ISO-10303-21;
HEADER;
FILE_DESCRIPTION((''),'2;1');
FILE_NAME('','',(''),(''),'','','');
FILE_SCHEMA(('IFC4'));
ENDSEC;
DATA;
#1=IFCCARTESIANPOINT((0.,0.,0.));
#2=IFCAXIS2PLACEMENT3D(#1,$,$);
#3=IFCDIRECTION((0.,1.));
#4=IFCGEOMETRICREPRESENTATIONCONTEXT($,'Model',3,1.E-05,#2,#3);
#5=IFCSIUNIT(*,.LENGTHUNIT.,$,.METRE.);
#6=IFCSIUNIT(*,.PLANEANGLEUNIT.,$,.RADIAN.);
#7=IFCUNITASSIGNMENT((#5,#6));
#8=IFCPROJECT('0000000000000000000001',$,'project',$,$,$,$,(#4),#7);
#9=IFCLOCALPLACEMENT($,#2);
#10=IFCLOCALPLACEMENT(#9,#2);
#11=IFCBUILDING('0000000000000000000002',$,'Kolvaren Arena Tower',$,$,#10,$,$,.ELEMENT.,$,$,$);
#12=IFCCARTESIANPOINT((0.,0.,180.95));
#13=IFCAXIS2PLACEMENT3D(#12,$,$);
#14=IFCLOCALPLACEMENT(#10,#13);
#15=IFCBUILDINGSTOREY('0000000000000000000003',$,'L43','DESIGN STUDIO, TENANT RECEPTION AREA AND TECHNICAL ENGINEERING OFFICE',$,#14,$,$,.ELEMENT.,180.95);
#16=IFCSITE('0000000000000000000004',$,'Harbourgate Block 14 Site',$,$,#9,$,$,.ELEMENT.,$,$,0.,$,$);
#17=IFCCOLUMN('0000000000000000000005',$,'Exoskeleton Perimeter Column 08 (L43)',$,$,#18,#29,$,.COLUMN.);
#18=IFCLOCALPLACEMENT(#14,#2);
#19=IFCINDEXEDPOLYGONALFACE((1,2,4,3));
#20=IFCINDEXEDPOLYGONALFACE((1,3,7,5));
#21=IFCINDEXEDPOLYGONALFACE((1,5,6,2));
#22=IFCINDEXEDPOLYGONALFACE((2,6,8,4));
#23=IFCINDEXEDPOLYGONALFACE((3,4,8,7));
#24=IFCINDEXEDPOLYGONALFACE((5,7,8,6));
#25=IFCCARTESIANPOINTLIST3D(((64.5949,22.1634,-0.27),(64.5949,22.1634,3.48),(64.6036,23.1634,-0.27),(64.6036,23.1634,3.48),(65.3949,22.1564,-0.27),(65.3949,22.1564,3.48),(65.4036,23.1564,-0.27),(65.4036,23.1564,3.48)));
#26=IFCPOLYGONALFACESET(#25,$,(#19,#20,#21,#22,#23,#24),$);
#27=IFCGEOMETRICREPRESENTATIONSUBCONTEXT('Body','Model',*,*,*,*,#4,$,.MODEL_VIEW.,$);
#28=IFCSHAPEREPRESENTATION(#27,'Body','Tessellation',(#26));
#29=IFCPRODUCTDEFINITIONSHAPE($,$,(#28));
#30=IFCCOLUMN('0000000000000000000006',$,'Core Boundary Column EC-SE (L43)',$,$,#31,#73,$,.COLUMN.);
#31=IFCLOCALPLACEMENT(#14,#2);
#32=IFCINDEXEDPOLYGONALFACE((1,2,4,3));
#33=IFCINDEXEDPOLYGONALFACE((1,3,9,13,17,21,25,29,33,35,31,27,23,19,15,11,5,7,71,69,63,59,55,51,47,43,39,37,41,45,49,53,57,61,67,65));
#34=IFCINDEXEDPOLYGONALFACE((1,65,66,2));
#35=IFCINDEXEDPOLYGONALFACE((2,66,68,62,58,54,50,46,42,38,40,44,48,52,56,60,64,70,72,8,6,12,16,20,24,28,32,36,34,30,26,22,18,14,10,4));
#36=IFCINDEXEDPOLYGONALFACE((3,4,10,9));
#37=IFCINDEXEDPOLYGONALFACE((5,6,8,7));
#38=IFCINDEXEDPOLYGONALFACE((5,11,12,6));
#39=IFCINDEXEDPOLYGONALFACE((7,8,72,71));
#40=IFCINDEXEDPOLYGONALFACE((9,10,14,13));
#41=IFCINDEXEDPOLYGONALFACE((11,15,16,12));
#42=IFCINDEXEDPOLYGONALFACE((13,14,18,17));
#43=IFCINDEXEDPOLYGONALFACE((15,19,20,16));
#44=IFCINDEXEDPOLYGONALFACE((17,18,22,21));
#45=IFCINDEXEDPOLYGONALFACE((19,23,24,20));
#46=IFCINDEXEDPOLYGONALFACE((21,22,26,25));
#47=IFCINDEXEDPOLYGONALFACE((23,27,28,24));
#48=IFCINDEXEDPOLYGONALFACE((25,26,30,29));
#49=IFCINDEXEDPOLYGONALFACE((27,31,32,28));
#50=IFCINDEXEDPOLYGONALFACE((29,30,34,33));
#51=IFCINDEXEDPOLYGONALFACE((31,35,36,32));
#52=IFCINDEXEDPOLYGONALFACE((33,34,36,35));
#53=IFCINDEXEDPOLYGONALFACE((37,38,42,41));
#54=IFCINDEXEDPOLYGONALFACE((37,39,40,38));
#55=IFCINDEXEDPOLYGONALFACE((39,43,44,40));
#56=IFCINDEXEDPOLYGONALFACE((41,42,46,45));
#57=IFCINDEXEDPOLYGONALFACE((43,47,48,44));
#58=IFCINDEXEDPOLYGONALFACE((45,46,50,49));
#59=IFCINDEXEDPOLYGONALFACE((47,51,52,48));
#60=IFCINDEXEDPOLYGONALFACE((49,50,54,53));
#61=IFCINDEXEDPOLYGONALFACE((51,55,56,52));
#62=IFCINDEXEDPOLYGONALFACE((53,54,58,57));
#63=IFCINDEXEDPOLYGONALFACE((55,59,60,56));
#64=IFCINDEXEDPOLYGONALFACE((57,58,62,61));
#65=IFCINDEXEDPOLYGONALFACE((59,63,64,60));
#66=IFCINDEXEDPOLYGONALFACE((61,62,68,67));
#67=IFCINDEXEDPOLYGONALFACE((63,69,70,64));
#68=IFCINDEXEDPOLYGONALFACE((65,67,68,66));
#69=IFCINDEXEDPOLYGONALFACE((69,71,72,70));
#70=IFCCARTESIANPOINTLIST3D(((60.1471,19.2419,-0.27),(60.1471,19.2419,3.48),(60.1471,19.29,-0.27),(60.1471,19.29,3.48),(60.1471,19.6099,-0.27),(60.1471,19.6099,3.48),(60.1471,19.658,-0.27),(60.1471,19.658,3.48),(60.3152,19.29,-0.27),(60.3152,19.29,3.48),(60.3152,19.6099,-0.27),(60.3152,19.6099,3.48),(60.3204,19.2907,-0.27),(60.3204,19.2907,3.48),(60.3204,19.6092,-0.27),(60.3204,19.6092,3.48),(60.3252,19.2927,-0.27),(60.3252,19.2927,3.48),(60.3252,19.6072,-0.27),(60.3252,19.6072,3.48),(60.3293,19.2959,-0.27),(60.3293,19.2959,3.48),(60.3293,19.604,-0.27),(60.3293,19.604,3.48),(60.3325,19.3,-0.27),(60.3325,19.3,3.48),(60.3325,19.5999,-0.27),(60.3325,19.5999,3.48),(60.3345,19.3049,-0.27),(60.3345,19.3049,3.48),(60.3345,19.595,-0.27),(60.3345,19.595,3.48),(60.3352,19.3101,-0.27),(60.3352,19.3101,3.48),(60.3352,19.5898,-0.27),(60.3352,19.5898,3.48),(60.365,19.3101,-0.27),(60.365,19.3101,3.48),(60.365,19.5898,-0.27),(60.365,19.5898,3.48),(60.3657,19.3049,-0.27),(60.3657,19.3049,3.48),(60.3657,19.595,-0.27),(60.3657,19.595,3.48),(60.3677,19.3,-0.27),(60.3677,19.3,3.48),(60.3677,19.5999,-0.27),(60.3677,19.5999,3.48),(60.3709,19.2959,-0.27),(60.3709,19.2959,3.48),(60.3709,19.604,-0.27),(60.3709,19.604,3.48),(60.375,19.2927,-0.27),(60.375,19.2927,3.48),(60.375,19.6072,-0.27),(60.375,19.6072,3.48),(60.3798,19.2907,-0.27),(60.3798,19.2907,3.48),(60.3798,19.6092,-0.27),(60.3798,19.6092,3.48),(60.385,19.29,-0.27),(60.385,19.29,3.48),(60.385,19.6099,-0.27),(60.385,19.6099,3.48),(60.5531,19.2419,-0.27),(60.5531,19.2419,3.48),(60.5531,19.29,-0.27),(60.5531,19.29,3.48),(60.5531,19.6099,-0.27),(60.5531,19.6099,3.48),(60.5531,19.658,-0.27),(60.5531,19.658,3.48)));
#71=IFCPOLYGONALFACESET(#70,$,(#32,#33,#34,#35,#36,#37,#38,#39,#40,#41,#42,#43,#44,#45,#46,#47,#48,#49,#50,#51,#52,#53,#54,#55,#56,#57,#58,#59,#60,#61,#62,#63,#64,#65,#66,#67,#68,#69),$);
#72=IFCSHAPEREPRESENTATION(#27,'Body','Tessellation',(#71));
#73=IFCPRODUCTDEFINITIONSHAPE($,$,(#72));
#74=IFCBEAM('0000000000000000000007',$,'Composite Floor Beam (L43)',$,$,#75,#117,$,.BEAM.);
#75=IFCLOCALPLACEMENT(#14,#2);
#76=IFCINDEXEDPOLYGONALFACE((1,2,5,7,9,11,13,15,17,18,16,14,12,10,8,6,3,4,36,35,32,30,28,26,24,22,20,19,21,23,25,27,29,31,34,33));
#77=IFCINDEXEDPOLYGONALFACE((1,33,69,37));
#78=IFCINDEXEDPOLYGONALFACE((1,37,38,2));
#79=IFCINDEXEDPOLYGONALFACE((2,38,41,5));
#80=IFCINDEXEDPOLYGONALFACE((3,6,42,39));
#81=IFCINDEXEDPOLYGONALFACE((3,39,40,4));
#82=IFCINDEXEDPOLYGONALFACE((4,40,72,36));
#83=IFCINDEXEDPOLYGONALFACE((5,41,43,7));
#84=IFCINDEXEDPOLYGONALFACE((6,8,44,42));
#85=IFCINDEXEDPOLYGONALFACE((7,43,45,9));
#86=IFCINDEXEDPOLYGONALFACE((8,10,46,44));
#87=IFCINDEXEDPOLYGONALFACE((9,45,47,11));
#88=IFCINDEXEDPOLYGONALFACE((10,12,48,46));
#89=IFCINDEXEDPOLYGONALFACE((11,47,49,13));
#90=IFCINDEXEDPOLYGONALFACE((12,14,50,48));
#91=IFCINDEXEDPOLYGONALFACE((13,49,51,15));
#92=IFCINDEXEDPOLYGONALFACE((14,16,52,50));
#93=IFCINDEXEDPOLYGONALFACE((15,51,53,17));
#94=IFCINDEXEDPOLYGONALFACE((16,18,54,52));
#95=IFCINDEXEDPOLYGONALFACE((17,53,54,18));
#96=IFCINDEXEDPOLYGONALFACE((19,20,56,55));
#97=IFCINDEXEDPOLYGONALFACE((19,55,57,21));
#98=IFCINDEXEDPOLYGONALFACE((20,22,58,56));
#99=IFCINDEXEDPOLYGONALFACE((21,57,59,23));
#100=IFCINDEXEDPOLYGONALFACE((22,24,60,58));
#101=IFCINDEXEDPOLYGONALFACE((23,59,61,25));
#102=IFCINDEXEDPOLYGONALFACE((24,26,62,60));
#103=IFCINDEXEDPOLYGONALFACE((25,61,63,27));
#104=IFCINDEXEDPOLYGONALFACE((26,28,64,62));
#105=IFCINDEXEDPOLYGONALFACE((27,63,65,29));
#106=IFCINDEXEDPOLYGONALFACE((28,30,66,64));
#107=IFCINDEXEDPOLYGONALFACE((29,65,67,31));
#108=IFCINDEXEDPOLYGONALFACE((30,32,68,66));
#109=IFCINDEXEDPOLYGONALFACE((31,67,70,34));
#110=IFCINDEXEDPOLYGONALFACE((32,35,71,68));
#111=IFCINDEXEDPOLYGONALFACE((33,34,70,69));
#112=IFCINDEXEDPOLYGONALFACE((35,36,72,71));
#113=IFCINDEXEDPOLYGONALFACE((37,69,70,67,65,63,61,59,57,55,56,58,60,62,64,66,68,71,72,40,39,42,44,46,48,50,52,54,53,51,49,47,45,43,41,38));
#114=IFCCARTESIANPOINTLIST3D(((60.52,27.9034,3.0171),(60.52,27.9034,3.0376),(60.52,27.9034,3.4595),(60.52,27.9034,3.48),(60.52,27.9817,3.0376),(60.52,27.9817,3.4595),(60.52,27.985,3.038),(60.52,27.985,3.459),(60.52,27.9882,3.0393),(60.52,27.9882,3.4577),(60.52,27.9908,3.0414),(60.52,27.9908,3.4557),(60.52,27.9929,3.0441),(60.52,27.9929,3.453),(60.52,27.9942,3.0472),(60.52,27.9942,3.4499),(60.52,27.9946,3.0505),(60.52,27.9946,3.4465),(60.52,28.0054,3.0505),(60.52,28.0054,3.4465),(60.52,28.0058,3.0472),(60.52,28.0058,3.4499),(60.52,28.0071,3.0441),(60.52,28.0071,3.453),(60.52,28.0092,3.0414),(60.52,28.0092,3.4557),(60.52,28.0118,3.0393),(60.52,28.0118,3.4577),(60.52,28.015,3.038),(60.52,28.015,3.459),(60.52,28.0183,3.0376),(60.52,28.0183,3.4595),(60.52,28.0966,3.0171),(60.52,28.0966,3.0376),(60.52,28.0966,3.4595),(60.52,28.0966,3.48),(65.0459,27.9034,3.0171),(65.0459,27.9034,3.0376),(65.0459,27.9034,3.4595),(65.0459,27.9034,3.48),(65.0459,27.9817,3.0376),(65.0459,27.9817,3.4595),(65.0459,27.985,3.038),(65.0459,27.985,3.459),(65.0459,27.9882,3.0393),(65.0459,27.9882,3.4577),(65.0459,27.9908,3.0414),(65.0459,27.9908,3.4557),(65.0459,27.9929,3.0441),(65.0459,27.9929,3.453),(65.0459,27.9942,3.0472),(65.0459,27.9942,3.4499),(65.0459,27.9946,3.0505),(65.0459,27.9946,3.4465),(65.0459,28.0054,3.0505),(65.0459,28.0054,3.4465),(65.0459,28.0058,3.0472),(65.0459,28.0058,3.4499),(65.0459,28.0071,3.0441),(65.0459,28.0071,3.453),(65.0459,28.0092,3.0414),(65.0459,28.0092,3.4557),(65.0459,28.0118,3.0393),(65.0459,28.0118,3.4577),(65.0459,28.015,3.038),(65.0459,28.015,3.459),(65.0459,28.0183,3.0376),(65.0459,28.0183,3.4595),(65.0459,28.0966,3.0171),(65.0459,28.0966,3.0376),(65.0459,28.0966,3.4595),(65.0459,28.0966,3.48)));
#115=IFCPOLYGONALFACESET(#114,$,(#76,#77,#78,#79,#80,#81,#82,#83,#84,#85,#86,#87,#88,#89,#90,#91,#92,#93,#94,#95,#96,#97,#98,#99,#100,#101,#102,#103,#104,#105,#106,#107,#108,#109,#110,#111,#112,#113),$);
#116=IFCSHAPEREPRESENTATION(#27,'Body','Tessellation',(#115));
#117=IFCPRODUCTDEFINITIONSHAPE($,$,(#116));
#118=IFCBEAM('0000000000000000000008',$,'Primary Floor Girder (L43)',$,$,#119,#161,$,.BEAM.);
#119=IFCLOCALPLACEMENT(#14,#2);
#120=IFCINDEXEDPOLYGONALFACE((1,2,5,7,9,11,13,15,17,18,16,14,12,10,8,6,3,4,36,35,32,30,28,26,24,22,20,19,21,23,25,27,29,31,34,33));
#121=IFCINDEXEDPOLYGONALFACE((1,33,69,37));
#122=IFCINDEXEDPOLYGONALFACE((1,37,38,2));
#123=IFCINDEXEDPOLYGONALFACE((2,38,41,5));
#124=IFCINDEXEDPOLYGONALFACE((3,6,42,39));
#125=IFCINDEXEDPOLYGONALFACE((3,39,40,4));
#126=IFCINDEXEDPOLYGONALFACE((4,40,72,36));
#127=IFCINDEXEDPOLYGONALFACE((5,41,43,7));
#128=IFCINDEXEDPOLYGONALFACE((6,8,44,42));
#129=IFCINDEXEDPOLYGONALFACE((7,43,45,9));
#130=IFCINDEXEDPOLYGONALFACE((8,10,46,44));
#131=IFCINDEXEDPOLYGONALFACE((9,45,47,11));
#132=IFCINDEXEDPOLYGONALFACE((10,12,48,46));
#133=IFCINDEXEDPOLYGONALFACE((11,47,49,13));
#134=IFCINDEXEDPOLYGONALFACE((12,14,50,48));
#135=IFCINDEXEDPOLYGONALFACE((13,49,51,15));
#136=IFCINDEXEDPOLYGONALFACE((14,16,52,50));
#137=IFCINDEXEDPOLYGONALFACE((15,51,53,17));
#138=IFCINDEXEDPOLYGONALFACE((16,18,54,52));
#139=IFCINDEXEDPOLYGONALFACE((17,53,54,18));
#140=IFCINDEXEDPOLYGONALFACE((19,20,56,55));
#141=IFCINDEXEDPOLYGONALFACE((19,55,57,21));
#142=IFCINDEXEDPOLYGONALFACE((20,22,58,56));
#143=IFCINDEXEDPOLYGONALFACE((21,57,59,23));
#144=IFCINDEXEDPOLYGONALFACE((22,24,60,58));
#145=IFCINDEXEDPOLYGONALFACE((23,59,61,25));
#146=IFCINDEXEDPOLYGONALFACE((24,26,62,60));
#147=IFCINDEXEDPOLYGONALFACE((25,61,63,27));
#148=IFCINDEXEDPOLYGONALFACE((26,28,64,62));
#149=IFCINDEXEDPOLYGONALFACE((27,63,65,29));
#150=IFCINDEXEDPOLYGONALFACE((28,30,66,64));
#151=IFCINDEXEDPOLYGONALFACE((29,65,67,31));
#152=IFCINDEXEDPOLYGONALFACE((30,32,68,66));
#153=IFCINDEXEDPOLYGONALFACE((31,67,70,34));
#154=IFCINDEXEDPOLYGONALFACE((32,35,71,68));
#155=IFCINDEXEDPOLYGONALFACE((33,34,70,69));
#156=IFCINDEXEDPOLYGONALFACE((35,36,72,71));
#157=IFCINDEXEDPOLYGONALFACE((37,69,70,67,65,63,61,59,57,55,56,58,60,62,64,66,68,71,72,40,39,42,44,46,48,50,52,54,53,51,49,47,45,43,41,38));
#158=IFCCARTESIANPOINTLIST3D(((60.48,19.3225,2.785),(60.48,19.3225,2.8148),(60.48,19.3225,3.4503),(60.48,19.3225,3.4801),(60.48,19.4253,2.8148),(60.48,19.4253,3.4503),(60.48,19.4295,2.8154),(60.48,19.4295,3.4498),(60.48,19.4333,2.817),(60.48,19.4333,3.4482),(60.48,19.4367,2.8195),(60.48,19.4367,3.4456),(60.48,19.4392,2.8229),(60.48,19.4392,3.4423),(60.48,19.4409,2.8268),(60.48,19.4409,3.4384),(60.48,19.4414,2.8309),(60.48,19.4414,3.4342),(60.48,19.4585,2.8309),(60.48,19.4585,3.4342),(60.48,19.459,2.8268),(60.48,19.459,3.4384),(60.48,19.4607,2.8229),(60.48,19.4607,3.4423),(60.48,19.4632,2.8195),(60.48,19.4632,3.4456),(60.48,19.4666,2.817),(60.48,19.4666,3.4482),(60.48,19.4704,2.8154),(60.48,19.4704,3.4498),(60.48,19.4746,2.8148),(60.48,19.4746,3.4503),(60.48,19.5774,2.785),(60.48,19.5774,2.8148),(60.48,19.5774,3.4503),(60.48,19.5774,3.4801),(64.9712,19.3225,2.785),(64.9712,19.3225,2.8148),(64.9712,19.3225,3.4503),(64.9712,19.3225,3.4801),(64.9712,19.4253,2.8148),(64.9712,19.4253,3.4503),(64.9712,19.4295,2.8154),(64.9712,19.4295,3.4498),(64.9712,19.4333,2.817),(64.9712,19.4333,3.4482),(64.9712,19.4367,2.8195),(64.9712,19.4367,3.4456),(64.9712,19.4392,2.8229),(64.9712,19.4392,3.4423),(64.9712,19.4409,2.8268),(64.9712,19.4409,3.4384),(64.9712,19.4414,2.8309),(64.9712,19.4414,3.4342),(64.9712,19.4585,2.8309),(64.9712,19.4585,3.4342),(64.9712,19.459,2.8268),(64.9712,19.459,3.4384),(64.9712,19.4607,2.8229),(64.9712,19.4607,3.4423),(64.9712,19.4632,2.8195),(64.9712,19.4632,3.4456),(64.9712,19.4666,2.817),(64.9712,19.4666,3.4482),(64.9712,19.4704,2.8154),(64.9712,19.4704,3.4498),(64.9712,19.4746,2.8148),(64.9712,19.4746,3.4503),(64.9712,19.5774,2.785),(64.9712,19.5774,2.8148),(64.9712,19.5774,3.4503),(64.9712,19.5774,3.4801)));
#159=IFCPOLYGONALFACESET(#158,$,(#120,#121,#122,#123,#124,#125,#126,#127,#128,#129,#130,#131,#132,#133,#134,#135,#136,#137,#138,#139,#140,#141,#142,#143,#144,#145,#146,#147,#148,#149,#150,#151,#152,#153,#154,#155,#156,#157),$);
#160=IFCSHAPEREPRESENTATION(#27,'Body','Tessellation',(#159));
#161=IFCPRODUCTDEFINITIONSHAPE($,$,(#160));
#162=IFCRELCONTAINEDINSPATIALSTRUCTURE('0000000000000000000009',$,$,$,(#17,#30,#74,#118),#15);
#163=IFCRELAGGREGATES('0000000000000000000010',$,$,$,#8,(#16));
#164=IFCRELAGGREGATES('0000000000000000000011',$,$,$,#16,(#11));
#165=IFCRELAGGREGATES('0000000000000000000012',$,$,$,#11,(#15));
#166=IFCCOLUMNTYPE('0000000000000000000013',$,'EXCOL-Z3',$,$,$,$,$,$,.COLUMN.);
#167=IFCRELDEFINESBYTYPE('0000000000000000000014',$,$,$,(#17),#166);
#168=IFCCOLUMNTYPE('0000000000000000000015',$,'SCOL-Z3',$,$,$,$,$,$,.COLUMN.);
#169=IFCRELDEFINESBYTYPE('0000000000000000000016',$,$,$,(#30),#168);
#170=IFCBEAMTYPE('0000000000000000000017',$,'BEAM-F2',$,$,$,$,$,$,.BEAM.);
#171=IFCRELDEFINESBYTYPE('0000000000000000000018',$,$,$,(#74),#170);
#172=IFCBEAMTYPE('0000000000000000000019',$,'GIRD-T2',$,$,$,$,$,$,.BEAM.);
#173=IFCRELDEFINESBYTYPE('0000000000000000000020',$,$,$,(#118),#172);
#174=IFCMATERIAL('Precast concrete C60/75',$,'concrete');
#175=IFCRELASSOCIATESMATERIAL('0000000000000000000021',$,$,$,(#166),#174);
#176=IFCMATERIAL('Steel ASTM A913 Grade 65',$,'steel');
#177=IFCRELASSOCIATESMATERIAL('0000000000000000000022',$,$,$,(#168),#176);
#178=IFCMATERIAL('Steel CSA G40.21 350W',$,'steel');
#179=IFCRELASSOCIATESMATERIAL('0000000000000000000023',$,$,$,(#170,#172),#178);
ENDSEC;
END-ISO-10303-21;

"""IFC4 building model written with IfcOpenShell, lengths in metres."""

from ifc_helpers import new_model, si_unit, direction, frame, origin, origin_2d, place, context, subcontext, project, spatial, rectangle, i_section, extrude, material, material_profile, profile_set, type_object, element, save


model = new_model("IFC4")

# Units and contexts
model_context = context("Model", 3, precision=1e-05, world=origin(), true_north=direction((0.0, 1.0)))
body_context = subcontext(model_context, "Body", "Model", "MODEL_VIEW")
ifc_project = project(units=[si_unit("LENGTHUNIT", "METRE"), si_unit("PLANEANGLEUNIT", "RADIAN")], contexts=[model_context])

# Site, building, storey
site_placement = place(None, origin())
site = spatial("IfcSite", under=ifc_project, at=site_placement, Name="Harbourgate Block 14 Site", CompositionType="ELEMENT", RefElevation=0.0)
building_placement = place(site_placement, origin())
building = spatial("IfcBuilding", under=site, at=building_placement, Name="Kolvaren Arena Tower", CompositionType="ELEMENT")
storey_placement = place(building_placement, frame((0.0, 0.0, 180.95)))
storey = spatial("IfcBuildingStorey", under=building, at=storey_placement, Name="L43", Description="DESIGN STUDIO, TENANT RECEPTION AREA AND TECHNICAL ENGINEERING OFFICE", CompositionType="ELEMENT", Elevation=180.95)

# Columns
ifc_material_1 = material(Name="Precast concrete C60/75", Category="concrete")
ifc_material_profile_1 = material_profile(ifc_material_1, rectangle(XDim=1.0, YDim=0.8, at=origin_2d()), Name="RC-1000x800")
ifc_profile_set_1 = profile_set([ifc_material_profile_1], Name="Precast concrete C60/75")
column_type_1 = type_object("IfcColumnType", Name="EXCOL-Z3", PredefinedType="COLUMN", material=ifc_profile_set_1)
column_1_placement = place(storey_placement, frame((64.9993, 22.6599, -0.27), z_axis=(0.0, 0.0, 1.0), x_axis=(0.008727, 0.999962, 0.0)))
element("IfcColumn", 1, at=column_1_placement, inside=storey, type_object=column_type_1, Name="Exoskeleton Perimeter Column 08 (L43)", PredefinedType="COLUMN", context=body_context, shape_type="SweptSolid", body=[
    extrude(rectangle(XDim=1.0, YDim=0.8, at=origin_2d()), origin(), (0.0, 0.0, 1.0), 3.75),
])
ifc_material_2 = material(Name="Steel ASTM A913 Grade 65", Category="steel")
ifc_material_profile_2 = material_profile(ifc_material_2, i_section(OverallWidth=0.406, OverallDepth=0.416, WebThickness=0.0298, FlangeThickness=0.0481, FilletRadius=0.02, at=origin_2d()), Name="W360x382")
ifc_profile_set_2 = profile_set([ifc_material_profile_2], Name="Steel ASTM A913 Grade 65")
column_type_2 = type_object("IfcColumnType", Name="SCOL-Z3", PredefinedType="COLUMN", material=ifc_profile_set_2)
column_2_placement = place(storey_placement, frame((60.3501, 19.45, -0.27), z_axis=(0.0, 0.0, 1.0), x_axis=(1.0, 0.0, 0.0)))
element("IfcColumn", 2, at=column_2_placement, inside=storey, type_object=column_type_2, Name="Core Boundary Column EC-SE (L43)", PredefinedType="COLUMN", context=body_context, shape_type="SweptSolid", body=[
    extrude(i_section(OverallWidth=0.406, OverallDepth=0.416, WebThickness=0.0298, FlangeThickness=0.0481, FilletRadius=0.02, at=origin_2d()), origin(), (0.0, 0.0, 1.0), 3.75),
])

# Beams
ifc_material_3 = material(Name="Steel CSA G40.21 350W", Category="steel")
ifc_material_profile_3 = material_profile(ifc_material_3, i_section(OverallWidth=0.1931, OverallDepth=0.4629, WebThickness=0.0107, FlangeThickness=0.0205, FilletRadius=0.0129, at=origin_2d()), Name="W460x113")
ifc_profile_set_3 = profile_set([ifc_material_profile_3], Name="Steel CSA G40.21 350W")
beam_type_1 = type_object("IfcBeamType", Name="BEAM-F2", PredefinedType="BEAM", material=ifc_profile_set_3)
beam_1_placement = place(storey_placement, frame((60.52, 28.0, 3.2485), z_axis=(1.0, 0.0, 0.0), x_axis=(0.0, 1.0, 0.0)))
element("IfcBeam", 3, at=beam_1_placement, inside=storey, type_object=beam_type_1, Name="Composite Floor Beam (L43)", PredefinedType="BEAM", context=body_context, shape_type="SweptSolid", body=[
    extrude(i_section(OverallWidth=0.1931, OverallDepth=0.4629, WebThickness=0.0107, FlangeThickness=0.0205, FilletRadius=0.0129, at=origin_2d()), origin(), (0.0, 0.0, 1.0), 4.5259),
])
ifc_material_profile_4 = material_profile(ifc_material_3, i_section(OverallWidth=0.2549, OverallDepth=0.6951, WebThickness=0.0171, FlangeThickness=0.0298, FilletRadius=0.0161, at=origin_2d()), Name="W690x217")
ifc_profile_set_4 = profile_set([ifc_material_profile_4], Name="Steel CSA G40.21 350W")
beam_type_2 = type_object("IfcBeamType", Name="GIRD-T2", PredefinedType="BEAM", material=ifc_profile_set_4)
beam_2_placement = place(storey_placement, frame((60.48, 19.45, 3.1326), z_axis=(1.0, 0.0, 0.0), x_axis=(0.0, 1.0, 0.0)))
element("IfcBeam", 4, at=beam_2_placement, inside=storey, type_object=beam_type_2, Name="Primary Floor Girder (L43)", PredefinedType="BEAM", context=body_context, shape_type="SweptSolid", body=[
    extrude(i_section(OverallWidth=0.2549, OverallDepth=0.6951, WebThickness=0.0171, FlangeThickness=0.0298, FilletRadius=0.0161, at=origin_2d()), origin(), (0.0, 0.0, 1.0), 4.4912),
])

save(model, "model.ifc")
